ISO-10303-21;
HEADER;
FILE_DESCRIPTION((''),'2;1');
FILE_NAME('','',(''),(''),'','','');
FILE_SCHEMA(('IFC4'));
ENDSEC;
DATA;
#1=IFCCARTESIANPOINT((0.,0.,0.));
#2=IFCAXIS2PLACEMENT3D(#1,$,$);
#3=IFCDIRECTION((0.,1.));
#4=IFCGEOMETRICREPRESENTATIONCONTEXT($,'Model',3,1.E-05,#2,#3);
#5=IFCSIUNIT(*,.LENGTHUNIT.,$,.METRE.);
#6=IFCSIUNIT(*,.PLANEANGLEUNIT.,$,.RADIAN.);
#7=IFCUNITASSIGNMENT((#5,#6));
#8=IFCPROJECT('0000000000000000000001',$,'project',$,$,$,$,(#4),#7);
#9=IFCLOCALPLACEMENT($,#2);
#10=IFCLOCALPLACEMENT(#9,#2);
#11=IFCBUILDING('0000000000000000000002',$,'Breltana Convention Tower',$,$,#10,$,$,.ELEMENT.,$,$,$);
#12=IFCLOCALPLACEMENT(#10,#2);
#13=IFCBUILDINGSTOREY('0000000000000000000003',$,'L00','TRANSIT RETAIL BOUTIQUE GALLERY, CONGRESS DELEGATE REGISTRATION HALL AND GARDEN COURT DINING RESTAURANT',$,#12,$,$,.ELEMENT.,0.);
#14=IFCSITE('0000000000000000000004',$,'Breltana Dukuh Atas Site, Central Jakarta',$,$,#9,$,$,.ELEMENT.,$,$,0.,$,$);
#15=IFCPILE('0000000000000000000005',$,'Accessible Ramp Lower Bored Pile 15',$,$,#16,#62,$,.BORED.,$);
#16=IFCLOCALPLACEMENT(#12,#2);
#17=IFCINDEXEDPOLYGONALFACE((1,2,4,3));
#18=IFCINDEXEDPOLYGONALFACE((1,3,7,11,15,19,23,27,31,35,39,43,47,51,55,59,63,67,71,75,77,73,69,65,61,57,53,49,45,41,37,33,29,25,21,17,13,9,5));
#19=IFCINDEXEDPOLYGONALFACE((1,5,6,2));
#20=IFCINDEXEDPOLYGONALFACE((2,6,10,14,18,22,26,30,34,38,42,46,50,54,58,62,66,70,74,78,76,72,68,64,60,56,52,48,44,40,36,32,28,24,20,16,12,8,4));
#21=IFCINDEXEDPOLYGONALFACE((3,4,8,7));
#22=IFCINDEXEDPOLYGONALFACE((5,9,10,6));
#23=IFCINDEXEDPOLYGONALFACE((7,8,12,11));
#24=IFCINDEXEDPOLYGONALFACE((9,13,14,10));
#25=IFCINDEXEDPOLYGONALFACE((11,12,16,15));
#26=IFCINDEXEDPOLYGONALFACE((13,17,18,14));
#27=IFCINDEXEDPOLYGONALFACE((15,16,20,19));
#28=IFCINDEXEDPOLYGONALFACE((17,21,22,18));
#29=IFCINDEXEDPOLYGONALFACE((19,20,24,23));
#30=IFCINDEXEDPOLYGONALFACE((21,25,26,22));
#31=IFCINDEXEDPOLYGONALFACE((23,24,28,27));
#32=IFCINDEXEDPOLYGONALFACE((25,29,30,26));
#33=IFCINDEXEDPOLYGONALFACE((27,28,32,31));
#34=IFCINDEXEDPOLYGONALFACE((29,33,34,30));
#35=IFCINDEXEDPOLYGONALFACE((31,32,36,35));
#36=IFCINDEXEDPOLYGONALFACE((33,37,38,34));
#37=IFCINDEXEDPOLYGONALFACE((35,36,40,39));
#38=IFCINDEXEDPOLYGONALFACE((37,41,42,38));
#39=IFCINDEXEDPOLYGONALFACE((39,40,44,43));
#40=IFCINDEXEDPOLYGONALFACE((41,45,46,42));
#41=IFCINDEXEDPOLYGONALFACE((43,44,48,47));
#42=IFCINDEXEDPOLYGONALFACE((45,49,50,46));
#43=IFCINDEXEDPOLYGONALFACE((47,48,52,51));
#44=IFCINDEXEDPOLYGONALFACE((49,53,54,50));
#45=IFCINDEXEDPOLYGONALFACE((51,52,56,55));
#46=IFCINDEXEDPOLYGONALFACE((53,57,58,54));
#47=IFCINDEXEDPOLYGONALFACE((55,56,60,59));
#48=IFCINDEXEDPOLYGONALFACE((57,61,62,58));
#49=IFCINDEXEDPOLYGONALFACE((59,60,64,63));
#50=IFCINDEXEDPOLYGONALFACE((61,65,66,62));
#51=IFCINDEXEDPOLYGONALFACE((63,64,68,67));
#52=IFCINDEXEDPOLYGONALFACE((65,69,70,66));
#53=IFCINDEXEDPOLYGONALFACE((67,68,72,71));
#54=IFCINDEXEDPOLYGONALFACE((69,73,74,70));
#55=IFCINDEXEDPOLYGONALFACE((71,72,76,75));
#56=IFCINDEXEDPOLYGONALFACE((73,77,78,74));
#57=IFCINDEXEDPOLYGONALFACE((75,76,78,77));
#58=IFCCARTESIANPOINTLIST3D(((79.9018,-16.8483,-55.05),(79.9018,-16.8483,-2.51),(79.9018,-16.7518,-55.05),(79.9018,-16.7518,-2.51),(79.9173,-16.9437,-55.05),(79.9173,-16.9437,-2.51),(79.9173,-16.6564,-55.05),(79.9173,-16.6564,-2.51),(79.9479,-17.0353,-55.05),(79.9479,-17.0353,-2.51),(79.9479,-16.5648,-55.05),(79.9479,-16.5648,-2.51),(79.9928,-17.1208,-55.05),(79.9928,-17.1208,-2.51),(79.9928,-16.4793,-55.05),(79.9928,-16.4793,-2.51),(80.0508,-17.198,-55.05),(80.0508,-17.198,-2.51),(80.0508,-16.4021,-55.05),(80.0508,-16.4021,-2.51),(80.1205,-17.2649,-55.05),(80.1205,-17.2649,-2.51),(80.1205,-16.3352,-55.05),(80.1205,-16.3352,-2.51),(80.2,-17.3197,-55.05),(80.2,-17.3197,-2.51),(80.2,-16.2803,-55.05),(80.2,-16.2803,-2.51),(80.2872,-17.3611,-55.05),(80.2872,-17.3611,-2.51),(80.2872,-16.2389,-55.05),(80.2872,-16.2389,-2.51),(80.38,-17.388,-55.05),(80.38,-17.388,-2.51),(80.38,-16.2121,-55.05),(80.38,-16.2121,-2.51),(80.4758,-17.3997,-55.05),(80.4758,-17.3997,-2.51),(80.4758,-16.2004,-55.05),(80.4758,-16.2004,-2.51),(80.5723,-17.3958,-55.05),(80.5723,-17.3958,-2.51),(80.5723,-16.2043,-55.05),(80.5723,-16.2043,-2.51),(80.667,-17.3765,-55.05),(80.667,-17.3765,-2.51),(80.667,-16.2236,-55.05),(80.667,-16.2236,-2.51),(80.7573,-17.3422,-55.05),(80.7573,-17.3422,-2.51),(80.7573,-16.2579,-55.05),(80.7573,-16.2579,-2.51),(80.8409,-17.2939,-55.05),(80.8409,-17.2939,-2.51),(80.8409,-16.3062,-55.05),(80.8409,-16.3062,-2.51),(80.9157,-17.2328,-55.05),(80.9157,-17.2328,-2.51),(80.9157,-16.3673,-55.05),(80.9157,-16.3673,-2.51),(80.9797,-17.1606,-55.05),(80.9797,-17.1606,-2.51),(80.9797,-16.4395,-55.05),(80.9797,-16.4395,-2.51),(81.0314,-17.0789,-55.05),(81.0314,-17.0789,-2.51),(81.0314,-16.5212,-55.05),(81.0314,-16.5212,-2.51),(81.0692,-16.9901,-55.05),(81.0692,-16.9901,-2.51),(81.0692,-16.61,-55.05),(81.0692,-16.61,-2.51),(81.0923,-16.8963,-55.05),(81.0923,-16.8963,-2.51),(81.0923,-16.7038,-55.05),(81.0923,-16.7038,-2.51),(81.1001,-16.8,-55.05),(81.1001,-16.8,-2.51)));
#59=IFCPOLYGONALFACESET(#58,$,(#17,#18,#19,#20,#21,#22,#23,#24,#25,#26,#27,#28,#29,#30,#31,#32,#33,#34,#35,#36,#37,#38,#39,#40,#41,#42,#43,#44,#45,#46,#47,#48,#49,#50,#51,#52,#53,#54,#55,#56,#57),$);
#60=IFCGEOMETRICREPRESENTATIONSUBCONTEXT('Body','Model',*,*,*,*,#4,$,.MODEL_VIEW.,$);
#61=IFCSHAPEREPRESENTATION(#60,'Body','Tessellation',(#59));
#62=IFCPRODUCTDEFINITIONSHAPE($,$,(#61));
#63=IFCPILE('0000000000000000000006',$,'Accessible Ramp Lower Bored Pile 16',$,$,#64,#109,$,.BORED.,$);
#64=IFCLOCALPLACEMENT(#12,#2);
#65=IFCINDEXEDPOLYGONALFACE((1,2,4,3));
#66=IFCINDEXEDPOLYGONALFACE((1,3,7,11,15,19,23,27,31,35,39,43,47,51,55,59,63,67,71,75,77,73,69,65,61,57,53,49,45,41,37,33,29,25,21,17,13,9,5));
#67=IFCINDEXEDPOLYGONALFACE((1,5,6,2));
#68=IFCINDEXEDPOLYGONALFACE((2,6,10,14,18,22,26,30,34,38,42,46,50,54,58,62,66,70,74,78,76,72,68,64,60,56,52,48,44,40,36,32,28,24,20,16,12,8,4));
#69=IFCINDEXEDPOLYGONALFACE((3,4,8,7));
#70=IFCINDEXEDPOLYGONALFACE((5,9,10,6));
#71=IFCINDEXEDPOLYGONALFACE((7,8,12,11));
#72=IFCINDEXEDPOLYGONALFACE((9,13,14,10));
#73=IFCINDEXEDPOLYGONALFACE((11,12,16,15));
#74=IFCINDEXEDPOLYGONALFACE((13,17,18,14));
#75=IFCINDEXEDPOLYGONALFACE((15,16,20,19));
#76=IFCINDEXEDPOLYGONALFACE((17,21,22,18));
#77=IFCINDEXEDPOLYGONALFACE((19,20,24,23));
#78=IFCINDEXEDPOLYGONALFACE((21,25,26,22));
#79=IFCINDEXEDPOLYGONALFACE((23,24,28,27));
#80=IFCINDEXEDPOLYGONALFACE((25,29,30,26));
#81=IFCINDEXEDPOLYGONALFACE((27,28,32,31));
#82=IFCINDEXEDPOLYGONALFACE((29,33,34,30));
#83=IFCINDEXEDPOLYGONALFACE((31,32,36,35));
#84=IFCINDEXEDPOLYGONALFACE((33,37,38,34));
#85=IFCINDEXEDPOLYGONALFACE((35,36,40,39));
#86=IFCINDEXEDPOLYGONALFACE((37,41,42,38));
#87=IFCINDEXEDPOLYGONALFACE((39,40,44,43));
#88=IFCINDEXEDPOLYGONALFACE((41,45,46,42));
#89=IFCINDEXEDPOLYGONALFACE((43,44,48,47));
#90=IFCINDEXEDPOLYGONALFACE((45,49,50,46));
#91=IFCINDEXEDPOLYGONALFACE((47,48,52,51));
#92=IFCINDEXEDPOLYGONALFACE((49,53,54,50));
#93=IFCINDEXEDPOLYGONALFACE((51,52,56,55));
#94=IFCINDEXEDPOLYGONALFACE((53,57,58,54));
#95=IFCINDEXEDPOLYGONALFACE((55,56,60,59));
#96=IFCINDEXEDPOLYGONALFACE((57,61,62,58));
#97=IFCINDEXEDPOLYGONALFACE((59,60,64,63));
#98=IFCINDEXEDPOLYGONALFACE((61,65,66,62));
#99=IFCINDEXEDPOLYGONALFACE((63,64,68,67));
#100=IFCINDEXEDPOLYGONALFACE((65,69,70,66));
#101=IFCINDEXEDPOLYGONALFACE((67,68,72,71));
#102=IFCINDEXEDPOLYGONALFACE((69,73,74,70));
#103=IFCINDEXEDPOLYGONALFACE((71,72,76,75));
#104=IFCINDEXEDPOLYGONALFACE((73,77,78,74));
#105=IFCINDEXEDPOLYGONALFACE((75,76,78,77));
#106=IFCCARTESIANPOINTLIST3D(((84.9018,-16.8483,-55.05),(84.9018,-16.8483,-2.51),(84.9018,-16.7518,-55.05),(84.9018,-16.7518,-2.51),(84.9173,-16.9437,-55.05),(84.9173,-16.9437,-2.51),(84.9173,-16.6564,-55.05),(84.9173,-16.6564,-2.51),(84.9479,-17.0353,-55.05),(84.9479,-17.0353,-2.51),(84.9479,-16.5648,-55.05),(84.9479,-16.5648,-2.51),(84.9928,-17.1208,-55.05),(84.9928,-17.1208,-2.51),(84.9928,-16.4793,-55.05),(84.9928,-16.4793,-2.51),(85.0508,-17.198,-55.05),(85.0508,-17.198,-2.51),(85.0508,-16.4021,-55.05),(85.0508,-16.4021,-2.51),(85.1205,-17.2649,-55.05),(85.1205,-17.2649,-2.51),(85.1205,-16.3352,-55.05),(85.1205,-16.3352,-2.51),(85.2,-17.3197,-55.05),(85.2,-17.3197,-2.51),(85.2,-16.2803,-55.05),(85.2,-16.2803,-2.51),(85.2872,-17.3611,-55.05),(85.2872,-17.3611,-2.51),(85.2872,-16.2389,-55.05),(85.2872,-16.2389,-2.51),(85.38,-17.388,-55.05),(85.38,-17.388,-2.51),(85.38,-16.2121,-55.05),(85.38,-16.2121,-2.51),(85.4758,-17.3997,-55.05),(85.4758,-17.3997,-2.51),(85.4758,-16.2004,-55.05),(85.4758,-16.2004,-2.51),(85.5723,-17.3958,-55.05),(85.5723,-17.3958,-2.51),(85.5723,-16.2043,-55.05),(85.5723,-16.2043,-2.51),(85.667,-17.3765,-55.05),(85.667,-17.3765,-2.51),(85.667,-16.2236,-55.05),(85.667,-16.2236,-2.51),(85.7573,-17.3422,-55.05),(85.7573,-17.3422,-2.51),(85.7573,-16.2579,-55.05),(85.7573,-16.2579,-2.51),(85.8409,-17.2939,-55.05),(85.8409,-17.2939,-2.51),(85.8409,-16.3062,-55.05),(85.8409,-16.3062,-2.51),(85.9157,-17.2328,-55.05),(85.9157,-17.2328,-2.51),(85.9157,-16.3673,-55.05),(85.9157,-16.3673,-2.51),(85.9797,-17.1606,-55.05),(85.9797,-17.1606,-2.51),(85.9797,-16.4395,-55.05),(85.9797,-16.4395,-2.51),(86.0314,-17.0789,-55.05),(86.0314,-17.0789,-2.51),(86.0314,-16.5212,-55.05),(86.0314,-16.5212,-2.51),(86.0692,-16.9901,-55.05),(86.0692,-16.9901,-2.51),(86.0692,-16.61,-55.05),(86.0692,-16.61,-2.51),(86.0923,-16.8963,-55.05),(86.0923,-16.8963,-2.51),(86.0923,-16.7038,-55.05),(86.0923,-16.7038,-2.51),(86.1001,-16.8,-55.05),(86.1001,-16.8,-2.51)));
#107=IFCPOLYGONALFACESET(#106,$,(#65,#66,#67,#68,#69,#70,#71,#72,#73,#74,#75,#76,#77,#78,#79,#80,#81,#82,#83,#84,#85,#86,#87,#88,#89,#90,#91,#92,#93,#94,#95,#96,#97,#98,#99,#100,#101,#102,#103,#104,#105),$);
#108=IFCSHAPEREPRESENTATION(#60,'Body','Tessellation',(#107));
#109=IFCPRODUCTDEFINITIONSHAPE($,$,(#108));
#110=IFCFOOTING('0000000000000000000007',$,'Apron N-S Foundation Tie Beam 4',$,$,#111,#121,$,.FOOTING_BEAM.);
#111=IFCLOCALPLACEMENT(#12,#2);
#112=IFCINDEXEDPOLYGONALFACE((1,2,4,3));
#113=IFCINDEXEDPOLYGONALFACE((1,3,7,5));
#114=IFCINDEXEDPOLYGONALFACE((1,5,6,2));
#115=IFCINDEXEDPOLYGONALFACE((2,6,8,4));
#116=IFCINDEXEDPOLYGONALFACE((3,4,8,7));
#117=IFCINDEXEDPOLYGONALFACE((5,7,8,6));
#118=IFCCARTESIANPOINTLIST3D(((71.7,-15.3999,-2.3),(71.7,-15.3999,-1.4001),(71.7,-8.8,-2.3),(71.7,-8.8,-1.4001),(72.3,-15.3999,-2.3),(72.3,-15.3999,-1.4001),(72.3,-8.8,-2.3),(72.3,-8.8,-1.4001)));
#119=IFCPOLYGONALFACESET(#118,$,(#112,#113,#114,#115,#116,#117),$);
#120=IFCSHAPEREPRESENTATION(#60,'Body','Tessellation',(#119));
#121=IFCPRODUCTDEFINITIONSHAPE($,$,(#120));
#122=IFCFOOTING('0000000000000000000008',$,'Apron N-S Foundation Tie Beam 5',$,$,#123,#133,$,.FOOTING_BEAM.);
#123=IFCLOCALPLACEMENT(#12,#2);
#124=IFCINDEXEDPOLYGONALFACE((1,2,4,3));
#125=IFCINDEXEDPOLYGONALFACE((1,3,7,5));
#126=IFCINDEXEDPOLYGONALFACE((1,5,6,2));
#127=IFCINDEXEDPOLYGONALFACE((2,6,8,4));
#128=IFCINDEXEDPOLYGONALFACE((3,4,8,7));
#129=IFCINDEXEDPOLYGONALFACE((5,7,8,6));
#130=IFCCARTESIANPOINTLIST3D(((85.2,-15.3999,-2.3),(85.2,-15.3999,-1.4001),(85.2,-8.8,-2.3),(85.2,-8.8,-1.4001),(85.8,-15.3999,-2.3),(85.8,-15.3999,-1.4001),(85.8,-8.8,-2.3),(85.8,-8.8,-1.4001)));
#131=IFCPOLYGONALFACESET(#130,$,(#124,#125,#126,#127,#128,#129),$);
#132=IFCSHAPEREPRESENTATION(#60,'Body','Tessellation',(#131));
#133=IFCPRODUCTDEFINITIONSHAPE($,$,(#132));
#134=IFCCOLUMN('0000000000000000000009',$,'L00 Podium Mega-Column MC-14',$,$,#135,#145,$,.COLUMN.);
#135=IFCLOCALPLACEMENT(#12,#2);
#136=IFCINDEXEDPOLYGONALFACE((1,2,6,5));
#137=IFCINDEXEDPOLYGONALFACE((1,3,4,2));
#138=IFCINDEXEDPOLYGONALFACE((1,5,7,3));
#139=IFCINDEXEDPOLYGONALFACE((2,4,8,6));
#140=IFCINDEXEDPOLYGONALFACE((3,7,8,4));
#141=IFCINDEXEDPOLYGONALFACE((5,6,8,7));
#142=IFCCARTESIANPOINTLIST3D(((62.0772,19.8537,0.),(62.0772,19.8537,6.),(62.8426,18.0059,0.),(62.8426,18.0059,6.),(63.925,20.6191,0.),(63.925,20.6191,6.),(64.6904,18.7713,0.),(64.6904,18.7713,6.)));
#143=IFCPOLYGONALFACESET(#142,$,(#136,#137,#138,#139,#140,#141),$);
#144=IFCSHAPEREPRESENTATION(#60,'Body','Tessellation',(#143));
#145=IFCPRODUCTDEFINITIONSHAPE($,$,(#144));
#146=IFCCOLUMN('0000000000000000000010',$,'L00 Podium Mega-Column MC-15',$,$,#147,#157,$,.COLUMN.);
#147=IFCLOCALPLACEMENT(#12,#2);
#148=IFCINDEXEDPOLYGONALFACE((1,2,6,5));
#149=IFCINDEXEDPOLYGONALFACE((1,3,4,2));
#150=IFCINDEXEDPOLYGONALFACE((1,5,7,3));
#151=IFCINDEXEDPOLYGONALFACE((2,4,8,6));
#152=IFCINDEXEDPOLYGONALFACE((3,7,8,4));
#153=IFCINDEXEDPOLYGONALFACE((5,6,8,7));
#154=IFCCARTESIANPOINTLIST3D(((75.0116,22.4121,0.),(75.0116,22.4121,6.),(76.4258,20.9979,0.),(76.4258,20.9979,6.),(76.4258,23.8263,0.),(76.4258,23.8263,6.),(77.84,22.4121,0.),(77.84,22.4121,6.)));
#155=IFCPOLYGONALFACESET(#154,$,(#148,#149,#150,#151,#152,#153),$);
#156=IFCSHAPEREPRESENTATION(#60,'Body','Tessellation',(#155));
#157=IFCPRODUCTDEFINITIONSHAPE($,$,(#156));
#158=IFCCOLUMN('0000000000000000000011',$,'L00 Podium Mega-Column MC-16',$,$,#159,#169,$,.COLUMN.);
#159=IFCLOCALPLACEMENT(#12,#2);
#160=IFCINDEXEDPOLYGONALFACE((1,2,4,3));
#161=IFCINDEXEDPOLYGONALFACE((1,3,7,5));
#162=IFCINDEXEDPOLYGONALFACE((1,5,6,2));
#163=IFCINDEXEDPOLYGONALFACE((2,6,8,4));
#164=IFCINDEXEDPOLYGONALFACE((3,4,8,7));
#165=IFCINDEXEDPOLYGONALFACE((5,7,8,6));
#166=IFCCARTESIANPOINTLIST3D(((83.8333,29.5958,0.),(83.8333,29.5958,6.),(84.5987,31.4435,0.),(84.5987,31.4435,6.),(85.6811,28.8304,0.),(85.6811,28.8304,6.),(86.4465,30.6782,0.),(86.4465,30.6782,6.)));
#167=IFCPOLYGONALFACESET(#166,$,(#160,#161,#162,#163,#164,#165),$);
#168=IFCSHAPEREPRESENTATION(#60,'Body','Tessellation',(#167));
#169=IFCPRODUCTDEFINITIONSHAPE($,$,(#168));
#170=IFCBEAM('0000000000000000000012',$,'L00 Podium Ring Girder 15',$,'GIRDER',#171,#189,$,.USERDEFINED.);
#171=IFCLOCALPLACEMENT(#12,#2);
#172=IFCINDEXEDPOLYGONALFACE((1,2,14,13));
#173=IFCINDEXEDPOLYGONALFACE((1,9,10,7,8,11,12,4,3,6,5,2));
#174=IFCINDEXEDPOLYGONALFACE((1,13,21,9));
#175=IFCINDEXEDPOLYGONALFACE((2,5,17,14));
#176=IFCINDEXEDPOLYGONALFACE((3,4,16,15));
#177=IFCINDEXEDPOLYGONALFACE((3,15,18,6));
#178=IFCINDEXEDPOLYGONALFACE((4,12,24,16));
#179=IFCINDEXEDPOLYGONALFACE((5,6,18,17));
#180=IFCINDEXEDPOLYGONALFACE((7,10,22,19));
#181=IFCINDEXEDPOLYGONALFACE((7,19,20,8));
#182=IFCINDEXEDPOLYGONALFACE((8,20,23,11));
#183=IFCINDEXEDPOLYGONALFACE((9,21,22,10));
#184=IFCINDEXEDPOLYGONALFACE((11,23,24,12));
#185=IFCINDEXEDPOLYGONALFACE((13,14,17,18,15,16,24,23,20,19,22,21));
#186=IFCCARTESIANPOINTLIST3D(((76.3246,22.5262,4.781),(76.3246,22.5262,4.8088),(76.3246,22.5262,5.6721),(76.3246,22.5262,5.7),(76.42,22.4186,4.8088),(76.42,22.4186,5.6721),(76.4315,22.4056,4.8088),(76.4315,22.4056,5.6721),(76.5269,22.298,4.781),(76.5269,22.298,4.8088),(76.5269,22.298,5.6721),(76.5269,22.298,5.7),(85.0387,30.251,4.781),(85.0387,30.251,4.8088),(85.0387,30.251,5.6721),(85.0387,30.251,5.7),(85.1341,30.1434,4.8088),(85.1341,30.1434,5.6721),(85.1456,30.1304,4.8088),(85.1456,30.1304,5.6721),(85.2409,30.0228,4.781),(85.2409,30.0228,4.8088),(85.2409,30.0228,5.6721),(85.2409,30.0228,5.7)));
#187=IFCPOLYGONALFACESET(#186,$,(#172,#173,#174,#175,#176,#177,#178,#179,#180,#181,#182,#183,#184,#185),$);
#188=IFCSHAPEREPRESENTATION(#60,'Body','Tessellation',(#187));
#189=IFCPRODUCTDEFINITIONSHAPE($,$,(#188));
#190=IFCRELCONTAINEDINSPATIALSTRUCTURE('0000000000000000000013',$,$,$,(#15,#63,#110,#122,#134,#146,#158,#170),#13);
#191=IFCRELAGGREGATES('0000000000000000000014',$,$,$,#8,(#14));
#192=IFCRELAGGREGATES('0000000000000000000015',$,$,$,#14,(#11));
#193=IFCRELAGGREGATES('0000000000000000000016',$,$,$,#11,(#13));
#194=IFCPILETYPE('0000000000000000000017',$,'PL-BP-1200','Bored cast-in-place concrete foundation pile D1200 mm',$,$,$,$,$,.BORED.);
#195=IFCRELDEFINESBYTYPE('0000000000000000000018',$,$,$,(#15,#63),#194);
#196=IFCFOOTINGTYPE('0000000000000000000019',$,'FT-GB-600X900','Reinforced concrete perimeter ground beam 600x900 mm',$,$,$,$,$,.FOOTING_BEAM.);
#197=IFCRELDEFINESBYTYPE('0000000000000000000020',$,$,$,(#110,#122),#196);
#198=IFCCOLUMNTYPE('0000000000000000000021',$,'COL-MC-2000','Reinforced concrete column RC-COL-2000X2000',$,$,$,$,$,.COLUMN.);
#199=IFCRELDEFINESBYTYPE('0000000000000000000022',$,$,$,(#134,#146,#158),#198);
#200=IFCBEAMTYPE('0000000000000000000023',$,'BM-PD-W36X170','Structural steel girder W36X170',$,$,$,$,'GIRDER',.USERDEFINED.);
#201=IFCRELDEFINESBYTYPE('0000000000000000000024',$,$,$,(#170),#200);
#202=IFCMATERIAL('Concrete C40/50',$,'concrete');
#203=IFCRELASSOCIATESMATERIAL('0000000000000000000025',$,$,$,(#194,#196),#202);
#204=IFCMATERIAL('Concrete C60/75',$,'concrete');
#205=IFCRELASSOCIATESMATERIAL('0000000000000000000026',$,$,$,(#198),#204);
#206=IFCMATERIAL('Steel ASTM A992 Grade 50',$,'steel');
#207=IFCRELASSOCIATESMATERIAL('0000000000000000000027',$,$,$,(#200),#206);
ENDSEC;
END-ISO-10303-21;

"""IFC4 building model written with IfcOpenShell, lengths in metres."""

from ifc_helpers import new_model, si_unit, direction, frame, origin, origin_2d, place, context, subcontext, project, spatial, rectangle, circle, i_section, extrude, source, transform, mapped, material, material_profile, profile_set, type_object, type_shapes, element, save


model = new_model("IFC4")

# Units and contexts
model_context = context("Model", 3, precision=1e-05, world=origin(), true_north=direction((0.0, 1.0)))
body_context = subcontext(model_context, "Body", "Model", "MODEL_VIEW")
ifc_project = project(units=[si_unit("LENGTHUNIT", "METRE"), si_unit("PLANEANGLEUNIT", "RADIAN")], contexts=[model_context])

# Site, building, storey
site_placement = place(None, origin())
site = spatial("IfcSite", under=ifc_project, at=site_placement, Name="Breltana Dukuh Atas Site, Central Jakarta", CompositionType="ELEMENT", RefElevation=0.0)
building_placement = place(site_placement, origin())
building = spatial("IfcBuilding", under=site, at=building_placement, Name="Breltana Convention Tower", CompositionType="ELEMENT")
storey_placement = place(building_placement, origin())
storey = spatial("IfcBuildingStorey", under=building, at=storey_placement, Name="L00", Description="TRANSIT RETAIL BOUTIQUE GALLERY, CONGRESS DELEGATE REGISTRATION HALL AND GARDEN COURT DINING RESTAURANT", CompositionType="ELEMENT", Elevation=0.0)

# Piles
ifc_material_1 = material(Name="Concrete C40/50", Category="concrete")
ifc_material_profile_1 = material_profile(ifc_material_1, circle(Radius=0.6001, at=origin_2d()), Name="BP-D1200")
ifc_profile_set_1 = profile_set([ifc_material_profile_1], Name="Concrete C40/50")
pile_type = type_object("IfcPileType", Name="PL-BP-1200", Description="Bored cast-in-place concrete foundation pile D1200 mm", PredefinedType="BORED", material=ifc_profile_set_1)
shared_shape_1 = source(origin(), body_context, "Body", "SweptSolid", [
    extrude(circle(Radius=0.6001, at=origin_2d()), origin(), (0.0, 0.0, 1.0), 52.54),
])
for number, where, z_axis, x_axis, name in (
    (1, (80.5, -16.8, -2.51), (0.0, 0.0, -1.0), (1.0, 0.0, 0.0), "Accessible Ramp Lower Bored Pile 15"),
    (2, (85.5, -16.8, -2.51), (0.0, 0.0, -1.0), (1.0, 0.0, 0.0), "Accessible Ramp Lower Bored Pile 16"),
):
    element("IfcPile", number, at=place(storey_placement, frame(where, z_axis=z_axis, x_axis=x_axis)), inside=storey, type_object=pile_type, Name=name, PredefinedType="BORED", context=body_context, shape_type="MappedRepresentation", body=[
        mapped(shared_shape_1, transform((0.0, 0.0, 0.0), scale=1.0)),
    ])

# Footings
ifc_material_profile_2 = material_profile(ifc_material_1, rectangle(XDim=0.6001, YDim=0.8999, at=origin_2d()), Name="RC-BM-600X900")
ifc_profile_set_2 = profile_set([ifc_material_profile_2], Name="Concrete C40/50")
footing_type = type_object("IfcFootingType", Name="FT-GB-600X900", Description="Reinforced concrete perimeter ground beam 600x900 mm", PredefinedType="FOOTING_BEAM", material=ifc_profile_set_2)
shared_shape_2 = source(origin(), body_context, "Body", "SweptSolid", [
    extrude(rectangle(XDim=0.6001, YDim=0.8999, at=origin_2d()), origin(), (0.0, 0.0, 1.0), 6.5999),
])
type_shapes(footing_type, [shared_shape_2])
for number, where, z_axis, x_axis, name in (
    (3, (72.0, -15.3999, -1.8501), (0.0, 1.0, 0.0), (-1.0, 0.0, 0.0), "Apron N-S Foundation Tie Beam 4"),
    (4, (85.5, -15.3999, -1.8501), (0.0, 1.0, 0.0), (-1.0, 0.0, 0.0), "Apron N-S Foundation Tie Beam 5"),
):
    element("IfcFooting", number, at=place(storey_placement, frame(where, z_axis=z_axis, x_axis=x_axis)), inside=storey, type_object=footing_type, Name=name, PredefinedType="FOOTING_BEAM", context=body_context, shape_type="MappedRepresentation", body=[
        mapped(shared_shape_2, transform((0.0, 0.0, 0.0), scale=1.0)),
    ])

# Columns
ifc_material_2 = material(Name="Concrete C60/75", Category="concrete")
ifc_material_profile_3 = material_profile(ifc_material_2, rectangle(XDim=2.0, YDim=2.0, at=origin_2d()), Name="RC-COL-2000X2000")
ifc_profile_set_3 = profile_set([ifc_material_profile_3], Name="Concrete C60/75")
column_type = type_object("IfcColumnType", Name="COL-MC-2000", Description="Reinforced concrete column RC-COL-2000X2000", PredefinedType="COLUMN", material=ifc_profile_set_3)
shared_shape_3 = source(origin(), body_context, "Body", "SweptSolid", [
    extrude(rectangle(XDim=2.0, YDim=2.0, at=origin_2d()), origin(), (0.0, 0.0, 1.0), 6.0),
])
for number, where, z_axis, x_axis, name in (
    (5, (63.3838, 19.3125, 0.0), (0.0, 0.0, 1.0), (0.382683, -0.92388, 0.0), "L00 Podium Mega-Column MC-14"),
    (6, (76.4258, 22.4121, 0.0), (0.0, 0.0, 1.0), (0.707107, -0.707107, 0.0), "L00 Podium Mega-Column MC-15"),
    (7, (85.1399, 30.137, 0.0), (0.0, 0.0, 1.0), (0.92388, -0.382683, 0.0), "L00 Podium Mega-Column MC-16"),
):
    element("IfcColumn", number, at=place(storey_placement, frame(where, z_axis=z_axis, x_axis=x_axis)), inside=storey, type_object=column_type, Name=name, PredefinedType="COLUMN", context=body_context, shape_type="MappedRepresentation", body=[
        mapped(shared_shape_3, transform((0.0, 0.0, 0.0), scale=1.0)),
    ])

# Beam
ifc_material_3 = material(Name="Steel ASTM A992 Grade 50", Category="steel")
ifc_material_profile_4 = material_profile(ifc_material_3, i_section(OverallWidth=0.3049, OverallDepth=0.9189, WebThickness=0.0173, FlangeThickness=0.0278, at=origin_2d()), Name="W36X170")
ifc_profile_set_4 = profile_set([ifc_material_profile_4], Name="Steel ASTM A992 Grade 50")
beam_type_1 = type_object("IfcBeamType", Name="BM-PD-W36X170", Description="Structural steel girder W36X170", ElementType="GIRDER", PredefinedType="USERDEFINED", material=ifc_profile_set_4)
shared_shape_4 = source(origin(), body_context, "Body", "SweptSolid", [
    extrude(i_section(OverallWidth=0.3049, OverallDepth=0.9189, WebThickness=0.0173, FlangeThickness=0.0278, at=origin_2d()), origin(), (0.0, 0.0, 1.0), 11.645),
])
beam_1_placement = place(storey_placement, frame((76.4258, 22.4121, 5.2405), z_axis=(0.748305, 0.663355, 0.0), x_axis=(-0.663355, 0.748305, 0.0)))
element("IfcBeam", 8, at=beam_1_placement, inside=storey, type_object=beam_type_1, Name="L00 Podium Ring Girder 15", ObjectType="GIRDER", PredefinedType="USERDEFINED", context=body_context, shape_type="MappedRepresentation", body=[
    mapped(shared_shape_4, transform((0.0, 0.0, 0.0), scale=1.0)),
])

save(model, "model.ifc")
